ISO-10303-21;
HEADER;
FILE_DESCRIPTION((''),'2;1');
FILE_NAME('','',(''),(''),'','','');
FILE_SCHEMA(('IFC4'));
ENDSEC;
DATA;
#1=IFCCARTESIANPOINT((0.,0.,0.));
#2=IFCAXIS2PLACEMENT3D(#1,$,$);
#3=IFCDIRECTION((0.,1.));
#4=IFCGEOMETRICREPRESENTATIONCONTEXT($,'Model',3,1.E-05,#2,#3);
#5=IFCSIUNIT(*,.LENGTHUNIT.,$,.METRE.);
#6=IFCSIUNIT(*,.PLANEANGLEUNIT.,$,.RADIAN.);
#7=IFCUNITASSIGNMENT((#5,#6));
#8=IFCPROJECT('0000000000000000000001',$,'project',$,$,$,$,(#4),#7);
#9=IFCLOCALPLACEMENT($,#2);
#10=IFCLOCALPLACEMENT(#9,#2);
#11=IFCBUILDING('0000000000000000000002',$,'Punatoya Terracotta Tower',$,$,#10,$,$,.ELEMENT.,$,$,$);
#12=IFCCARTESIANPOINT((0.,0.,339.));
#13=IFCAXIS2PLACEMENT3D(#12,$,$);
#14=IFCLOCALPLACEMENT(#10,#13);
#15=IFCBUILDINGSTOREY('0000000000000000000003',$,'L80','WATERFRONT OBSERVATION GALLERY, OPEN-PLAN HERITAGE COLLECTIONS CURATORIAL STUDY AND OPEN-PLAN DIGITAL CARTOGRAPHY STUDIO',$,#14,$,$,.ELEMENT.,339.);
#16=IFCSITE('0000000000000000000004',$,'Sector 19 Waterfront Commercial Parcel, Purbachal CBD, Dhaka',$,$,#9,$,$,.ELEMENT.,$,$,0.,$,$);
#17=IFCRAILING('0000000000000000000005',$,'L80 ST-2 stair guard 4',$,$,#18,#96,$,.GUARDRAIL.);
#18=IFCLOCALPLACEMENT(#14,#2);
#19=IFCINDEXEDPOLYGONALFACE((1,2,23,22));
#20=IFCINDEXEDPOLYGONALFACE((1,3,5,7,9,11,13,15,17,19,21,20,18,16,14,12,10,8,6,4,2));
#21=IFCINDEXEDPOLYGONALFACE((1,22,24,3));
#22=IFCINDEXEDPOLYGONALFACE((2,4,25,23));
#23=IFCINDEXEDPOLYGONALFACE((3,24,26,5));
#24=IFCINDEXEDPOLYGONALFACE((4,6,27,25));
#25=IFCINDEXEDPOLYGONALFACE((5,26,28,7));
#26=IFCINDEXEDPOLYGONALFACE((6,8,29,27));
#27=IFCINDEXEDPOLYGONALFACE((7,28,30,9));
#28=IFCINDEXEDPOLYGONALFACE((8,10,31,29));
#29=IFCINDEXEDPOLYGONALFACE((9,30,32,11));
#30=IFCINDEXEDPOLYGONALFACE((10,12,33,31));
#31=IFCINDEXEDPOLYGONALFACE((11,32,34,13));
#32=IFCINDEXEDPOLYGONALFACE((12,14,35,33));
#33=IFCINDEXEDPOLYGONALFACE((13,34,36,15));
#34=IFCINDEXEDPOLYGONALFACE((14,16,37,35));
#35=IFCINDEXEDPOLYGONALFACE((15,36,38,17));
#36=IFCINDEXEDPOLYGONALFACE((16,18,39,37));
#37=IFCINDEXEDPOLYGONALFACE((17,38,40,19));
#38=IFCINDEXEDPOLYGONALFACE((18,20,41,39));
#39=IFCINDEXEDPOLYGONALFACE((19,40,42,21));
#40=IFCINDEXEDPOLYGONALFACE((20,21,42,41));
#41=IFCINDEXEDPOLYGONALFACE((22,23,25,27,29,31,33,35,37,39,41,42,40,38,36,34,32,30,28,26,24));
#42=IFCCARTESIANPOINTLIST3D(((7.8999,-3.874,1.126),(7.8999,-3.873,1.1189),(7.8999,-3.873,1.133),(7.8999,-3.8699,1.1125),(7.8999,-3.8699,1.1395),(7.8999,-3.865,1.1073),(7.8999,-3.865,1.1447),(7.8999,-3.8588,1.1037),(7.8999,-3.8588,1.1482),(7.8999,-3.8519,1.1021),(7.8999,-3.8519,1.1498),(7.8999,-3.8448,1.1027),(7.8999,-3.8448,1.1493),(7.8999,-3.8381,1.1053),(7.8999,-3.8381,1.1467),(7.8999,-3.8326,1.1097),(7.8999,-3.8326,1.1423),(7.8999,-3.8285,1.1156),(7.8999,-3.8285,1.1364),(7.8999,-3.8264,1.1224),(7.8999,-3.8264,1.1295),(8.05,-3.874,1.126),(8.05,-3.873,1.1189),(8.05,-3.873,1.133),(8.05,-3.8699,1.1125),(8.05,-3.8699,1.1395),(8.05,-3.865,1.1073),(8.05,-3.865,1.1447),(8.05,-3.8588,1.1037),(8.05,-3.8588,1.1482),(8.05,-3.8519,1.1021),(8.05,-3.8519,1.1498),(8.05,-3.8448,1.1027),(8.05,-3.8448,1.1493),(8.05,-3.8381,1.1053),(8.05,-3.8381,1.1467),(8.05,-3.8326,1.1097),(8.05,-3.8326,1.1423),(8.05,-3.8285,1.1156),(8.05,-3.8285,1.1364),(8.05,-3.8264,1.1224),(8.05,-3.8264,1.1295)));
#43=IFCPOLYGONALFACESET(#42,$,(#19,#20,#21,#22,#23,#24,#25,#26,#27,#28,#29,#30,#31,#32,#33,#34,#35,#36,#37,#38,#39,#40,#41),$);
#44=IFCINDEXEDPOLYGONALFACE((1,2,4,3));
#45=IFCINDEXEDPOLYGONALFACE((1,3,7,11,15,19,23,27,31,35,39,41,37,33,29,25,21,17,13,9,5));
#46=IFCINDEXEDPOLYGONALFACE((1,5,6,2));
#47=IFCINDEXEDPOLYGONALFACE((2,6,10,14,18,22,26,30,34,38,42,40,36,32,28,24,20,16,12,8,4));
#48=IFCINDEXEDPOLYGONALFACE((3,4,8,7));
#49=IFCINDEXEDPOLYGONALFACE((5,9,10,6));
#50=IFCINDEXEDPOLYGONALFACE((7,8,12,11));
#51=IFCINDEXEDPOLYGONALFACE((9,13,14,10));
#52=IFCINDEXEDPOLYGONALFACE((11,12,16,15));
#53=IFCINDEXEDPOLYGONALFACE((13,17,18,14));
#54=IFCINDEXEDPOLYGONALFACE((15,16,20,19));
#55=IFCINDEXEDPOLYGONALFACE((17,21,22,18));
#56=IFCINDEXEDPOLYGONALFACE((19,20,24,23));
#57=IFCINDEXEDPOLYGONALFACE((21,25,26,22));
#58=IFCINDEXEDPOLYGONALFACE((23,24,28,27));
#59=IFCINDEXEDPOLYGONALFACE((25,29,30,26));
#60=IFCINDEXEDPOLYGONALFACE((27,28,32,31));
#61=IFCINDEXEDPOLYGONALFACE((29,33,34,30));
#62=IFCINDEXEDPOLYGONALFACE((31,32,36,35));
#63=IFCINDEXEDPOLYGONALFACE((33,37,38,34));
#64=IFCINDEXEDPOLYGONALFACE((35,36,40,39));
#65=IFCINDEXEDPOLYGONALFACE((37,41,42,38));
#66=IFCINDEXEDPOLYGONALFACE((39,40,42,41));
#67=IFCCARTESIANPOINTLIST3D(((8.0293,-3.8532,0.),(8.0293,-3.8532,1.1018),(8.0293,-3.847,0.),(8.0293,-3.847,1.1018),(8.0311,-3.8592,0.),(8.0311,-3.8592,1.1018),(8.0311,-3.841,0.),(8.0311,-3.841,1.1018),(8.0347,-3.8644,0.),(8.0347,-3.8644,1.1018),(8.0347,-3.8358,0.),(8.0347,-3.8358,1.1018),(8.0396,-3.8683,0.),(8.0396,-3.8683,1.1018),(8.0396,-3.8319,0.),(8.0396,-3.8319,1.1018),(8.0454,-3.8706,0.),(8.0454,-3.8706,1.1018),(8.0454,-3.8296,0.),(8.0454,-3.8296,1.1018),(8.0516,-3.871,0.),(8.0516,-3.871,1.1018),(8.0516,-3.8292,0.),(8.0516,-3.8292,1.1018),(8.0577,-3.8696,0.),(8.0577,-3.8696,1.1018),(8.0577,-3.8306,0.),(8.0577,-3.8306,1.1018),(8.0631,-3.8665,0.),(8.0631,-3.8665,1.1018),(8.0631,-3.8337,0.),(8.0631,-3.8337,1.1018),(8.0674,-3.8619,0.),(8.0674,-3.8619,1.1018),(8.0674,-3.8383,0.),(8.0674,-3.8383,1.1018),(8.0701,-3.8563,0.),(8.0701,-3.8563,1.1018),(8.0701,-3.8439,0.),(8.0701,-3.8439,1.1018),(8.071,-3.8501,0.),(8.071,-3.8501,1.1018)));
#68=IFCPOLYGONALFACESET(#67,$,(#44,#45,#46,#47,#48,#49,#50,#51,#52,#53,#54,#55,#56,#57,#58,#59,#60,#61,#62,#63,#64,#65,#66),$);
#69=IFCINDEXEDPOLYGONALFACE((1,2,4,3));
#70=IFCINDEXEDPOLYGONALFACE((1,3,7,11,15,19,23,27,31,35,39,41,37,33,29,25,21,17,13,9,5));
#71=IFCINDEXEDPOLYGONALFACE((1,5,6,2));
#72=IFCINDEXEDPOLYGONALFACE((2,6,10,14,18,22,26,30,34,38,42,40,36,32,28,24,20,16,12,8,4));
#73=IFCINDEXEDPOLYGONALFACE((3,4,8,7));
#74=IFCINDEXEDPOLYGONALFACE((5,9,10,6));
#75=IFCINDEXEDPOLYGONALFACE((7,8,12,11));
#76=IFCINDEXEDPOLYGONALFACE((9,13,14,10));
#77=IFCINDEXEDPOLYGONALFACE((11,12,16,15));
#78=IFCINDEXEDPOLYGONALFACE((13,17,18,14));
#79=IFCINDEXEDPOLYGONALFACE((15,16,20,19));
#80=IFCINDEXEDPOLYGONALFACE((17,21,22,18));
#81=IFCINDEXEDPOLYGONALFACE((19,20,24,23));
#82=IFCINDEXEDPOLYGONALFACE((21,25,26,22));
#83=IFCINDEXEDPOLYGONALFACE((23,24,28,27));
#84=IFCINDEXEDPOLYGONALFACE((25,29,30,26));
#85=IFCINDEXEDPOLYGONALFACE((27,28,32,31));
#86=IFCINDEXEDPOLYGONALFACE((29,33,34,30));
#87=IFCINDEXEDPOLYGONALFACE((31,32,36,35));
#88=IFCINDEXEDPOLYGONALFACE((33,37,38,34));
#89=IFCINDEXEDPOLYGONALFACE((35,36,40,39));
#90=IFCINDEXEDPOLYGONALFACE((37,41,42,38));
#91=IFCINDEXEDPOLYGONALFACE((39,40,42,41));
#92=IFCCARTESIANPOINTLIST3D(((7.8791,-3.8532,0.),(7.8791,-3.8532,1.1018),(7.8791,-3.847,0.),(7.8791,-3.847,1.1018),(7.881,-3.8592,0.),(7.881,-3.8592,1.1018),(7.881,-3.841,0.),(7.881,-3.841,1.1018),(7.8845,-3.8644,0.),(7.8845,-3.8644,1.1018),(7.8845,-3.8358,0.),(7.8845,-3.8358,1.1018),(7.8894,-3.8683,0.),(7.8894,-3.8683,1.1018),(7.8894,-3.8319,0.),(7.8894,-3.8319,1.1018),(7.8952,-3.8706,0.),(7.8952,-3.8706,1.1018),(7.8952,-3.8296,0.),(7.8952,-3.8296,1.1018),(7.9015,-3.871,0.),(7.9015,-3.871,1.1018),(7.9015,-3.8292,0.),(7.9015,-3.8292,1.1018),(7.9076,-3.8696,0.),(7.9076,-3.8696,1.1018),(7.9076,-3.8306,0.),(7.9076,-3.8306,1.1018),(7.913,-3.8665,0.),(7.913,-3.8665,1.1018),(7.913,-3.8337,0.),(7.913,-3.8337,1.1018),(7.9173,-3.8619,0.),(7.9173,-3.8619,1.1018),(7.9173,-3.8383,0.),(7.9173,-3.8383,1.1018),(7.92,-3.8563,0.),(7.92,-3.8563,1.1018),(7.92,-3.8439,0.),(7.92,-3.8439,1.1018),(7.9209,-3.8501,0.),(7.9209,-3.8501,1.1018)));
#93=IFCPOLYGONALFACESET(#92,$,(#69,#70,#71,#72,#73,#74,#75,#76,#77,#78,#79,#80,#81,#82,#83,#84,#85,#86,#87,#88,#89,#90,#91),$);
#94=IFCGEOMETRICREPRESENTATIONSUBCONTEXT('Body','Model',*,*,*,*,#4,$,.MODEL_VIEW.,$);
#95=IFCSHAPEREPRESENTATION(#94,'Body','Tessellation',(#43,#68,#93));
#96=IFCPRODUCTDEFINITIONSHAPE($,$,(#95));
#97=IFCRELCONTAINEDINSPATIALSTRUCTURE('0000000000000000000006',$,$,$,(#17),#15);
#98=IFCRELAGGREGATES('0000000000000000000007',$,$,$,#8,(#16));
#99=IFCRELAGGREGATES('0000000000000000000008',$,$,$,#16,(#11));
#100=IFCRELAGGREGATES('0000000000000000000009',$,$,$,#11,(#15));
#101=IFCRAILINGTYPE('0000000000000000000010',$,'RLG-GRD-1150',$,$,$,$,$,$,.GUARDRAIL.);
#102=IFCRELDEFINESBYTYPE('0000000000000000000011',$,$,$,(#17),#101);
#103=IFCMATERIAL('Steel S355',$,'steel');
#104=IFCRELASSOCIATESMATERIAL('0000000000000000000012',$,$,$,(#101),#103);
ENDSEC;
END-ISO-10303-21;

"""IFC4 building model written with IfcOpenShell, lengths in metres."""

from ifc_helpers import new_model, si_unit, direction, frame, origin, origin_2d, place, context, subcontext, project, spatial, circle, extrude, material, type_object, element, save


model = new_model("IFC4")

# Units and contexts
model_context = context("Model", 3, precision=1e-05, world=origin(), true_north=direction((0.0, 1.0)))
body_context = subcontext(model_context, "Body", "Model", "MODEL_VIEW")
ifc_project = project(units=[si_unit("LENGTHUNIT", "METRE"), si_unit("PLANEANGLEUNIT", "RADIAN")], contexts=[model_context])

# Site, building, storey
site_placement = place(None, origin())
site = spatial("IfcSite", under=ifc_project, at=site_placement, Name="Sector 19 Waterfront Commercial Parcel, Purbachal CBD, Dhaka", CompositionType="ELEMENT", RefElevation=0.0)
building_placement = place(site_placement, origin())
building = spatial("IfcBuilding", under=site, at=building_placement, Name="Punatoya Terracotta Tower", CompositionType="ELEMENT")
storey_placement = place(building_placement, frame((0.0, 0.0, 339.0)))
storey = spatial("IfcBuildingStorey", under=building, at=storey_placement, Name="L80", Description="WATERFRONT OBSERVATION GALLERY, OPEN-PLAN HERITAGE COLLECTIONS CURATORIAL STUDY AND OPEN-PLAN DIGITAL CARTOGRAPHY STUDIO", CompositionType="ELEMENT", Elevation=339.0)

# Railing
ifc_material_1 = material(Name="Steel S355", Category="steel")
railing_type = type_object("IfcRailingType", Name="RLG-GRD-1150", PredefinedType="GUARDRAIL", material=ifc_material_1)
railing_1_placement = place(storey_placement, frame((8.05, -3.8501, 0.0)))
element("IfcRailing", 1, at=railing_1_placement, inside=storey, type_object=railing_type, Name="L80 ST-2 stair guard 4", PredefinedType="GUARDRAIL", context=body_context, shape_type="SweptSolid", body=[
    extrude(circle(Radius=0.0239, at=origin_2d()), frame((0.0, 0.0, 1.126), z_axis=(-1.0, 0.0, 0.0), x_axis=(0.0, -1.0, 0.0)), (0.0, 0.0, 1.0), 0.1501),
    extrude(circle(Radius=0.021, at=origin_2d()), origin(), (0.0, 0.0, 1.0), 1.1018),
    extrude(circle(Radius=0.021, at=origin_2d()), frame((-0.1501, 0.0, 0.0)), (0.0, 0.0, 1.0), 1.1018),
])

save(model, "model.ifc")
